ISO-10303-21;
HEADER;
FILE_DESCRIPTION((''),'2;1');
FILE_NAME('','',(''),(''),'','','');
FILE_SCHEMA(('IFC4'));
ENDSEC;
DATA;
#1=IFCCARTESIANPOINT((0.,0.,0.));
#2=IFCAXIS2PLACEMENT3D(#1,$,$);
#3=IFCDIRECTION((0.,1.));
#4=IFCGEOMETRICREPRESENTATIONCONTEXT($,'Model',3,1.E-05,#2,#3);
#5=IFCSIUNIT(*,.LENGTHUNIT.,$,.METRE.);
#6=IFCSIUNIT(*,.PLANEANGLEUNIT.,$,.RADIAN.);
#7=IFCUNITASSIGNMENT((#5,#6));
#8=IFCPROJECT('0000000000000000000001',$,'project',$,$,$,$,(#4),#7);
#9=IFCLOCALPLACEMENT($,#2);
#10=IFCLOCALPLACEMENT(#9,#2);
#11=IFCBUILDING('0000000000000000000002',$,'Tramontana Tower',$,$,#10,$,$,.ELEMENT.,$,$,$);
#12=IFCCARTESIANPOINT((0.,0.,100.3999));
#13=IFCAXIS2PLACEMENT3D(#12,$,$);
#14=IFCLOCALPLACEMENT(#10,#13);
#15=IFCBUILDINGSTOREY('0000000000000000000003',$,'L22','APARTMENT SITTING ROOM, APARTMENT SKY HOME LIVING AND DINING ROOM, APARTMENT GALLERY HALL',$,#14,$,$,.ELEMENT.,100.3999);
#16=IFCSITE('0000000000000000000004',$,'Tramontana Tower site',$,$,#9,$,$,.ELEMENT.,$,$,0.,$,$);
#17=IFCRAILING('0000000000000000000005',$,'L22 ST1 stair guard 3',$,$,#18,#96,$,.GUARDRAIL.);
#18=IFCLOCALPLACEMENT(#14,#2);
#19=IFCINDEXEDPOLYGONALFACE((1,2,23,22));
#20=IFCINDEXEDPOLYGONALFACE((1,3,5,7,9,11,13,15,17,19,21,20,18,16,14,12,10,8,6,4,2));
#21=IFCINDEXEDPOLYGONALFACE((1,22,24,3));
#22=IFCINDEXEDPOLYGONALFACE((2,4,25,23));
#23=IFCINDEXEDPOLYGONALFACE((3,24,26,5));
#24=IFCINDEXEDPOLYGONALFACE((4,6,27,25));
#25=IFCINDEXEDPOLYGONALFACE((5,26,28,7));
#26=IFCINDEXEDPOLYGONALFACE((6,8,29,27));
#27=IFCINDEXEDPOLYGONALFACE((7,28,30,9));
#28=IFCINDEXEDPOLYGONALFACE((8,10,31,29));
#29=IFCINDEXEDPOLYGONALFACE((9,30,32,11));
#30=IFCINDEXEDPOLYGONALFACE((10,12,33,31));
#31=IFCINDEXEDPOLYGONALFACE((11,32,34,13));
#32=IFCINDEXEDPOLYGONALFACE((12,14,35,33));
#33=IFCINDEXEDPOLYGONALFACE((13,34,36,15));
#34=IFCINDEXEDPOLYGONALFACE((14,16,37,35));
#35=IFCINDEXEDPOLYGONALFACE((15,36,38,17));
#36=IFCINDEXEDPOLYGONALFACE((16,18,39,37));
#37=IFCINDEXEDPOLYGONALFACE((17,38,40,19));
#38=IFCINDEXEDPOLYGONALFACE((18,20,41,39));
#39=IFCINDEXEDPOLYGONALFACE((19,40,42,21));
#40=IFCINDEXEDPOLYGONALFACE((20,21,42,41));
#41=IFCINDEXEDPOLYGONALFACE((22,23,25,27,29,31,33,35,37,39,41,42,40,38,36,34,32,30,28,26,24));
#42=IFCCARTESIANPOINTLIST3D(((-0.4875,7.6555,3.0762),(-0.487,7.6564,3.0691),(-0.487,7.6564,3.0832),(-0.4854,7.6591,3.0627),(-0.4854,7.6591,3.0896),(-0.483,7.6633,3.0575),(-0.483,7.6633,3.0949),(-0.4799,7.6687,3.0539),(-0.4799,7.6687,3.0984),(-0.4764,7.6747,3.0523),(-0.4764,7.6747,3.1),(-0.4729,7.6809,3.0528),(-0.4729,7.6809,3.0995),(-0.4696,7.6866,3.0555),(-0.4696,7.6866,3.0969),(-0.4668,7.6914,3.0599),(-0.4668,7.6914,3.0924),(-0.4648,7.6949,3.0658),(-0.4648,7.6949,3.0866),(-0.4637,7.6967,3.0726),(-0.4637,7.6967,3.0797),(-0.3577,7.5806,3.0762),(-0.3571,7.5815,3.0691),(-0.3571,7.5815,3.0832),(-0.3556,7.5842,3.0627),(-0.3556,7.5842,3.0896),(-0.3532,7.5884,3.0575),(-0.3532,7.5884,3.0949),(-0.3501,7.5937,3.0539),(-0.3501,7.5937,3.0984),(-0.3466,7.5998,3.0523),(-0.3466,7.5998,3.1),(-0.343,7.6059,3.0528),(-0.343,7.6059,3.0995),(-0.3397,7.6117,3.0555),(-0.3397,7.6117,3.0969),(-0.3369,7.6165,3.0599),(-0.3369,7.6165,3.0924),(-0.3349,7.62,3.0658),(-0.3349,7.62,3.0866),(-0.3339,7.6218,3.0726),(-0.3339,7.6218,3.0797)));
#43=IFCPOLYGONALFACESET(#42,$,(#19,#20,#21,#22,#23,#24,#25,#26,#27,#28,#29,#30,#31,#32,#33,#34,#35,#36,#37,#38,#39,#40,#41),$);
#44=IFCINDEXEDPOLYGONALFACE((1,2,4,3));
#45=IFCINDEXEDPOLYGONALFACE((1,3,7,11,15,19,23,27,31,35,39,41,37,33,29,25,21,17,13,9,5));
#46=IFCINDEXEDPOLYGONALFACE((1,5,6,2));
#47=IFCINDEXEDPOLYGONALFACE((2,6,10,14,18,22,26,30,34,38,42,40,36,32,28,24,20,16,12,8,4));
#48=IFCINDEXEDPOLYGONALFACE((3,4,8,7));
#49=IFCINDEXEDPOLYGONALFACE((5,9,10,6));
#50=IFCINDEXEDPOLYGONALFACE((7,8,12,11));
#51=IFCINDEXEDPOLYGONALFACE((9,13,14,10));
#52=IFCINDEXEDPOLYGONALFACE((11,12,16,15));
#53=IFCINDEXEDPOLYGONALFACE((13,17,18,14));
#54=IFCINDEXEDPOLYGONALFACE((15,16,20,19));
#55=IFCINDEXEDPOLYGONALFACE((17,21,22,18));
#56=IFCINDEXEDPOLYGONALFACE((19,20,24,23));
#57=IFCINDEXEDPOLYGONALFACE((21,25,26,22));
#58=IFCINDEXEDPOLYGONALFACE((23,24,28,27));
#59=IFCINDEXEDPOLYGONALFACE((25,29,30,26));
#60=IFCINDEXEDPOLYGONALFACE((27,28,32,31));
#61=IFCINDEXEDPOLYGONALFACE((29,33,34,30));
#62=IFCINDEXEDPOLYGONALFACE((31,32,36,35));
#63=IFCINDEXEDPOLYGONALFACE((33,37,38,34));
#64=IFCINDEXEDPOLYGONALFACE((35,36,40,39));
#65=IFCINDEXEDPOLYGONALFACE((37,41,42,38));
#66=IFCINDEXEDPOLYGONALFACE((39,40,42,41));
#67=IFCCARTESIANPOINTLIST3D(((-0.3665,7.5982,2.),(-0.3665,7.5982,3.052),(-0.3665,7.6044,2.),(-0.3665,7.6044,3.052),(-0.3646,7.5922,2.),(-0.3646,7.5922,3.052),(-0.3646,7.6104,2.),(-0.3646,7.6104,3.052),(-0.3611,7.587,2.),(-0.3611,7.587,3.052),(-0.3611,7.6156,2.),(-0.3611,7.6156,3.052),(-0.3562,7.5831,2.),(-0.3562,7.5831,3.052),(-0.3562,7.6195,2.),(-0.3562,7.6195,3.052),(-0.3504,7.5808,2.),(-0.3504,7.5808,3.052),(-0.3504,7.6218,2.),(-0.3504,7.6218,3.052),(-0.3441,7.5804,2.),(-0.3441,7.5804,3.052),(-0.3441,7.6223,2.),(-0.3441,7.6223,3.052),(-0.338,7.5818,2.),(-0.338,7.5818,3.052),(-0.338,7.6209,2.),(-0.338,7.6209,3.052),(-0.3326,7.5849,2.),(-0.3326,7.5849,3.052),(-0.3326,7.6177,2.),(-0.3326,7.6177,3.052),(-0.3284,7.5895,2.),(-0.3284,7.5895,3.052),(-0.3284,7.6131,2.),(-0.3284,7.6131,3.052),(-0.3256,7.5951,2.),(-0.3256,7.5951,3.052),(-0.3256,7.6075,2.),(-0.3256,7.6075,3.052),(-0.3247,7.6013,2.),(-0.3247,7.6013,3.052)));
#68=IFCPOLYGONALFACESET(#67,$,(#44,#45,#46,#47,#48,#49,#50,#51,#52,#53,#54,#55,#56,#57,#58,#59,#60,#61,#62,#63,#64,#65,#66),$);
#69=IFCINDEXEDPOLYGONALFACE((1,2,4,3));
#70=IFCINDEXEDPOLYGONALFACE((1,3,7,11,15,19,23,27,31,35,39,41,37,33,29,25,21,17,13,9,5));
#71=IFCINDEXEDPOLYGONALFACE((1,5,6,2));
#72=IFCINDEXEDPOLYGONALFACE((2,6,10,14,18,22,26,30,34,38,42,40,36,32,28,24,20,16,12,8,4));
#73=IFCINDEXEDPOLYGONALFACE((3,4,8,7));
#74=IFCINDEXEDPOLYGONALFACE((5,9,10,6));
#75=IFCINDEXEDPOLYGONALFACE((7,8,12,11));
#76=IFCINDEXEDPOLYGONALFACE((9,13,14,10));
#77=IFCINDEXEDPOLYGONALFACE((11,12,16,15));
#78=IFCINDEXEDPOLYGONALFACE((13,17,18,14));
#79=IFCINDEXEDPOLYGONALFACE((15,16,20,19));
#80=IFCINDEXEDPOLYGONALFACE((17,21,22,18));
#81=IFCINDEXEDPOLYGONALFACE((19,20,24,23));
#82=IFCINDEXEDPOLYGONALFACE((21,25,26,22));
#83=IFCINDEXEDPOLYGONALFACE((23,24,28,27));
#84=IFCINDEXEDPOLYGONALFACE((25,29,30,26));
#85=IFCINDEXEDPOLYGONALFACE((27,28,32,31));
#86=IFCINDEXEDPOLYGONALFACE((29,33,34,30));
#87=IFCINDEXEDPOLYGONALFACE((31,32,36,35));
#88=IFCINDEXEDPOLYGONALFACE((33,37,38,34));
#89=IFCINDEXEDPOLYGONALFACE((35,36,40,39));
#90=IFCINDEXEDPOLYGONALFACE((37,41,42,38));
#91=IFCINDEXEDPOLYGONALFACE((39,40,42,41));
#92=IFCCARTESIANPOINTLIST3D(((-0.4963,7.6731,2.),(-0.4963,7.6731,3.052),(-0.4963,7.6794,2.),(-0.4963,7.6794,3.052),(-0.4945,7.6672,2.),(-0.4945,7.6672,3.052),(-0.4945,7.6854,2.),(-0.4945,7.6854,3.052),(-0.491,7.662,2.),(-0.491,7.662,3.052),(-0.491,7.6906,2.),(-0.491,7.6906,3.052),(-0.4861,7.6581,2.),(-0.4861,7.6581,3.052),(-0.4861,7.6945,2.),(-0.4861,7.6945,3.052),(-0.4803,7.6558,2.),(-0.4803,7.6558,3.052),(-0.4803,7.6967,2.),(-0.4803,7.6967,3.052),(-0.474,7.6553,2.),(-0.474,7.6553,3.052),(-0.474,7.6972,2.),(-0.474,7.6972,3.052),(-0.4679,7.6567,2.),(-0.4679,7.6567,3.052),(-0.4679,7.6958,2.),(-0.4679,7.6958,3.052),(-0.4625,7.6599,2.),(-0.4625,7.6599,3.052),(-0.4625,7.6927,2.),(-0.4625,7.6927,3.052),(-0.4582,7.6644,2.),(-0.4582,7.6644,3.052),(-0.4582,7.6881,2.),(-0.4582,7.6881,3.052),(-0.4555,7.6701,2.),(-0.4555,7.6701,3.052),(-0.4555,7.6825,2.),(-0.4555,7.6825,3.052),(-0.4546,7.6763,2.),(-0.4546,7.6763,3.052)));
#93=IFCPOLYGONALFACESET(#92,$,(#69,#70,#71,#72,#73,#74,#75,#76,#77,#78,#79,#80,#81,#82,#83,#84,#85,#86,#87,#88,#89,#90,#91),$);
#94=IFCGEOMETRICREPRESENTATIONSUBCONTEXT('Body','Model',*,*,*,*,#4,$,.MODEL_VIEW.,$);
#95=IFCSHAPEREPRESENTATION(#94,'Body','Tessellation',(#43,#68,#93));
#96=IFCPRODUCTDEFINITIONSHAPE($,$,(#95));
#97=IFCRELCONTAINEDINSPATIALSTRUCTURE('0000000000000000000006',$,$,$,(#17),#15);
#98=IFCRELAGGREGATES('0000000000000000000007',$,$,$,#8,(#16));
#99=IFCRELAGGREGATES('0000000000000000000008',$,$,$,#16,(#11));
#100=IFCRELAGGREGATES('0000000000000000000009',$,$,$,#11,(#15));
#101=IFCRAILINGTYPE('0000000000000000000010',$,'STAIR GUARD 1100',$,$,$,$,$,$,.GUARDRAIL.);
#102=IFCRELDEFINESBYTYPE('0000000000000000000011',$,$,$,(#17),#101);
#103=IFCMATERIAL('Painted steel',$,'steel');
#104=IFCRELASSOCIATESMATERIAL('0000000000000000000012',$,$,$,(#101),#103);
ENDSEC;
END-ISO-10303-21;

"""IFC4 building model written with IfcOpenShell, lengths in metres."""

from ifc_helpers import new_model, si_unit, direction, frame, origin, origin_2d, place, context, subcontext, project, spatial, circle, extrude, material, type_object, element, save


model = new_model("IFC4")

# Units and contexts
model_context = context("Model", 3, precision=1e-05, world=origin(), true_north=direction((0.0, 1.0)))
body_context = subcontext(model_context, "Body", "Model", "MODEL_VIEW")
ifc_project = project(units=[si_unit("LENGTHUNIT", "METRE"), si_unit("PLANEANGLEUNIT", "RADIAN")], contexts=[model_context])

# Site, building, storey
site_placement = place(None, origin())
site = spatial("IfcSite", under=ifc_project, at=site_placement, Name="Tramontana Tower site", CompositionType="ELEMENT", RefElevation=0.0)
building_placement = place(site_placement, origin())
building = spatial("IfcBuilding", under=site, at=building_placement, Name="Tramontana Tower", CompositionType="ELEMENT")
storey_placement = place(building_placement, frame((0.0, 0.0, 100.3999)))
storey = spatial("IfcBuildingStorey", under=building, at=storey_placement, Name="L22", Description="APARTMENT SITTING ROOM, APARTMENT SKY HOME LIVING AND DINING ROOM, APARTMENT GALLERY HALL", CompositionType="ELEMENT", Elevation=100.3999)

# Railing
ifc_material_1 = material(Name="Painted steel", Category="steel")
railing_type_1 = type_object("IfcRailingType", Name="STAIR GUARD 1100", PredefinedType="GUARDRAIL", material=ifc_material_1)
railing_1_placement = place(storey_placement, frame((-0.3457, 7.6013, 2.0)))
element("IfcRailing", 1, at=railing_1_placement, inside=storey, type_object=railing_type_1, Name="L22 ST1 stair guard 3", PredefinedType="GUARDRAIL", context=body_context, shape_type="SweptSolid", body=[
    extrude(circle(Radius=0.0239, at=origin_2d()), frame((0.0, 0.0, 1.0762), z_axis=(-0.866131, 0.499816, 0.0), x_axis=(-0.499816, -0.866131, 0.0)), (0.0, 0.0, 1.0), 0.1499),
    extrude(circle(Radius=0.021, at=origin_2d()), origin(), (0.0, 0.0, 1.0), 1.052),
    extrude(circle(Radius=0.021, at=origin_2d()), frame((-0.1299, 0.075, 0.0)), (0.0, 0.0, 1.0), 1.052),
])

save(model, "model.ifc")
